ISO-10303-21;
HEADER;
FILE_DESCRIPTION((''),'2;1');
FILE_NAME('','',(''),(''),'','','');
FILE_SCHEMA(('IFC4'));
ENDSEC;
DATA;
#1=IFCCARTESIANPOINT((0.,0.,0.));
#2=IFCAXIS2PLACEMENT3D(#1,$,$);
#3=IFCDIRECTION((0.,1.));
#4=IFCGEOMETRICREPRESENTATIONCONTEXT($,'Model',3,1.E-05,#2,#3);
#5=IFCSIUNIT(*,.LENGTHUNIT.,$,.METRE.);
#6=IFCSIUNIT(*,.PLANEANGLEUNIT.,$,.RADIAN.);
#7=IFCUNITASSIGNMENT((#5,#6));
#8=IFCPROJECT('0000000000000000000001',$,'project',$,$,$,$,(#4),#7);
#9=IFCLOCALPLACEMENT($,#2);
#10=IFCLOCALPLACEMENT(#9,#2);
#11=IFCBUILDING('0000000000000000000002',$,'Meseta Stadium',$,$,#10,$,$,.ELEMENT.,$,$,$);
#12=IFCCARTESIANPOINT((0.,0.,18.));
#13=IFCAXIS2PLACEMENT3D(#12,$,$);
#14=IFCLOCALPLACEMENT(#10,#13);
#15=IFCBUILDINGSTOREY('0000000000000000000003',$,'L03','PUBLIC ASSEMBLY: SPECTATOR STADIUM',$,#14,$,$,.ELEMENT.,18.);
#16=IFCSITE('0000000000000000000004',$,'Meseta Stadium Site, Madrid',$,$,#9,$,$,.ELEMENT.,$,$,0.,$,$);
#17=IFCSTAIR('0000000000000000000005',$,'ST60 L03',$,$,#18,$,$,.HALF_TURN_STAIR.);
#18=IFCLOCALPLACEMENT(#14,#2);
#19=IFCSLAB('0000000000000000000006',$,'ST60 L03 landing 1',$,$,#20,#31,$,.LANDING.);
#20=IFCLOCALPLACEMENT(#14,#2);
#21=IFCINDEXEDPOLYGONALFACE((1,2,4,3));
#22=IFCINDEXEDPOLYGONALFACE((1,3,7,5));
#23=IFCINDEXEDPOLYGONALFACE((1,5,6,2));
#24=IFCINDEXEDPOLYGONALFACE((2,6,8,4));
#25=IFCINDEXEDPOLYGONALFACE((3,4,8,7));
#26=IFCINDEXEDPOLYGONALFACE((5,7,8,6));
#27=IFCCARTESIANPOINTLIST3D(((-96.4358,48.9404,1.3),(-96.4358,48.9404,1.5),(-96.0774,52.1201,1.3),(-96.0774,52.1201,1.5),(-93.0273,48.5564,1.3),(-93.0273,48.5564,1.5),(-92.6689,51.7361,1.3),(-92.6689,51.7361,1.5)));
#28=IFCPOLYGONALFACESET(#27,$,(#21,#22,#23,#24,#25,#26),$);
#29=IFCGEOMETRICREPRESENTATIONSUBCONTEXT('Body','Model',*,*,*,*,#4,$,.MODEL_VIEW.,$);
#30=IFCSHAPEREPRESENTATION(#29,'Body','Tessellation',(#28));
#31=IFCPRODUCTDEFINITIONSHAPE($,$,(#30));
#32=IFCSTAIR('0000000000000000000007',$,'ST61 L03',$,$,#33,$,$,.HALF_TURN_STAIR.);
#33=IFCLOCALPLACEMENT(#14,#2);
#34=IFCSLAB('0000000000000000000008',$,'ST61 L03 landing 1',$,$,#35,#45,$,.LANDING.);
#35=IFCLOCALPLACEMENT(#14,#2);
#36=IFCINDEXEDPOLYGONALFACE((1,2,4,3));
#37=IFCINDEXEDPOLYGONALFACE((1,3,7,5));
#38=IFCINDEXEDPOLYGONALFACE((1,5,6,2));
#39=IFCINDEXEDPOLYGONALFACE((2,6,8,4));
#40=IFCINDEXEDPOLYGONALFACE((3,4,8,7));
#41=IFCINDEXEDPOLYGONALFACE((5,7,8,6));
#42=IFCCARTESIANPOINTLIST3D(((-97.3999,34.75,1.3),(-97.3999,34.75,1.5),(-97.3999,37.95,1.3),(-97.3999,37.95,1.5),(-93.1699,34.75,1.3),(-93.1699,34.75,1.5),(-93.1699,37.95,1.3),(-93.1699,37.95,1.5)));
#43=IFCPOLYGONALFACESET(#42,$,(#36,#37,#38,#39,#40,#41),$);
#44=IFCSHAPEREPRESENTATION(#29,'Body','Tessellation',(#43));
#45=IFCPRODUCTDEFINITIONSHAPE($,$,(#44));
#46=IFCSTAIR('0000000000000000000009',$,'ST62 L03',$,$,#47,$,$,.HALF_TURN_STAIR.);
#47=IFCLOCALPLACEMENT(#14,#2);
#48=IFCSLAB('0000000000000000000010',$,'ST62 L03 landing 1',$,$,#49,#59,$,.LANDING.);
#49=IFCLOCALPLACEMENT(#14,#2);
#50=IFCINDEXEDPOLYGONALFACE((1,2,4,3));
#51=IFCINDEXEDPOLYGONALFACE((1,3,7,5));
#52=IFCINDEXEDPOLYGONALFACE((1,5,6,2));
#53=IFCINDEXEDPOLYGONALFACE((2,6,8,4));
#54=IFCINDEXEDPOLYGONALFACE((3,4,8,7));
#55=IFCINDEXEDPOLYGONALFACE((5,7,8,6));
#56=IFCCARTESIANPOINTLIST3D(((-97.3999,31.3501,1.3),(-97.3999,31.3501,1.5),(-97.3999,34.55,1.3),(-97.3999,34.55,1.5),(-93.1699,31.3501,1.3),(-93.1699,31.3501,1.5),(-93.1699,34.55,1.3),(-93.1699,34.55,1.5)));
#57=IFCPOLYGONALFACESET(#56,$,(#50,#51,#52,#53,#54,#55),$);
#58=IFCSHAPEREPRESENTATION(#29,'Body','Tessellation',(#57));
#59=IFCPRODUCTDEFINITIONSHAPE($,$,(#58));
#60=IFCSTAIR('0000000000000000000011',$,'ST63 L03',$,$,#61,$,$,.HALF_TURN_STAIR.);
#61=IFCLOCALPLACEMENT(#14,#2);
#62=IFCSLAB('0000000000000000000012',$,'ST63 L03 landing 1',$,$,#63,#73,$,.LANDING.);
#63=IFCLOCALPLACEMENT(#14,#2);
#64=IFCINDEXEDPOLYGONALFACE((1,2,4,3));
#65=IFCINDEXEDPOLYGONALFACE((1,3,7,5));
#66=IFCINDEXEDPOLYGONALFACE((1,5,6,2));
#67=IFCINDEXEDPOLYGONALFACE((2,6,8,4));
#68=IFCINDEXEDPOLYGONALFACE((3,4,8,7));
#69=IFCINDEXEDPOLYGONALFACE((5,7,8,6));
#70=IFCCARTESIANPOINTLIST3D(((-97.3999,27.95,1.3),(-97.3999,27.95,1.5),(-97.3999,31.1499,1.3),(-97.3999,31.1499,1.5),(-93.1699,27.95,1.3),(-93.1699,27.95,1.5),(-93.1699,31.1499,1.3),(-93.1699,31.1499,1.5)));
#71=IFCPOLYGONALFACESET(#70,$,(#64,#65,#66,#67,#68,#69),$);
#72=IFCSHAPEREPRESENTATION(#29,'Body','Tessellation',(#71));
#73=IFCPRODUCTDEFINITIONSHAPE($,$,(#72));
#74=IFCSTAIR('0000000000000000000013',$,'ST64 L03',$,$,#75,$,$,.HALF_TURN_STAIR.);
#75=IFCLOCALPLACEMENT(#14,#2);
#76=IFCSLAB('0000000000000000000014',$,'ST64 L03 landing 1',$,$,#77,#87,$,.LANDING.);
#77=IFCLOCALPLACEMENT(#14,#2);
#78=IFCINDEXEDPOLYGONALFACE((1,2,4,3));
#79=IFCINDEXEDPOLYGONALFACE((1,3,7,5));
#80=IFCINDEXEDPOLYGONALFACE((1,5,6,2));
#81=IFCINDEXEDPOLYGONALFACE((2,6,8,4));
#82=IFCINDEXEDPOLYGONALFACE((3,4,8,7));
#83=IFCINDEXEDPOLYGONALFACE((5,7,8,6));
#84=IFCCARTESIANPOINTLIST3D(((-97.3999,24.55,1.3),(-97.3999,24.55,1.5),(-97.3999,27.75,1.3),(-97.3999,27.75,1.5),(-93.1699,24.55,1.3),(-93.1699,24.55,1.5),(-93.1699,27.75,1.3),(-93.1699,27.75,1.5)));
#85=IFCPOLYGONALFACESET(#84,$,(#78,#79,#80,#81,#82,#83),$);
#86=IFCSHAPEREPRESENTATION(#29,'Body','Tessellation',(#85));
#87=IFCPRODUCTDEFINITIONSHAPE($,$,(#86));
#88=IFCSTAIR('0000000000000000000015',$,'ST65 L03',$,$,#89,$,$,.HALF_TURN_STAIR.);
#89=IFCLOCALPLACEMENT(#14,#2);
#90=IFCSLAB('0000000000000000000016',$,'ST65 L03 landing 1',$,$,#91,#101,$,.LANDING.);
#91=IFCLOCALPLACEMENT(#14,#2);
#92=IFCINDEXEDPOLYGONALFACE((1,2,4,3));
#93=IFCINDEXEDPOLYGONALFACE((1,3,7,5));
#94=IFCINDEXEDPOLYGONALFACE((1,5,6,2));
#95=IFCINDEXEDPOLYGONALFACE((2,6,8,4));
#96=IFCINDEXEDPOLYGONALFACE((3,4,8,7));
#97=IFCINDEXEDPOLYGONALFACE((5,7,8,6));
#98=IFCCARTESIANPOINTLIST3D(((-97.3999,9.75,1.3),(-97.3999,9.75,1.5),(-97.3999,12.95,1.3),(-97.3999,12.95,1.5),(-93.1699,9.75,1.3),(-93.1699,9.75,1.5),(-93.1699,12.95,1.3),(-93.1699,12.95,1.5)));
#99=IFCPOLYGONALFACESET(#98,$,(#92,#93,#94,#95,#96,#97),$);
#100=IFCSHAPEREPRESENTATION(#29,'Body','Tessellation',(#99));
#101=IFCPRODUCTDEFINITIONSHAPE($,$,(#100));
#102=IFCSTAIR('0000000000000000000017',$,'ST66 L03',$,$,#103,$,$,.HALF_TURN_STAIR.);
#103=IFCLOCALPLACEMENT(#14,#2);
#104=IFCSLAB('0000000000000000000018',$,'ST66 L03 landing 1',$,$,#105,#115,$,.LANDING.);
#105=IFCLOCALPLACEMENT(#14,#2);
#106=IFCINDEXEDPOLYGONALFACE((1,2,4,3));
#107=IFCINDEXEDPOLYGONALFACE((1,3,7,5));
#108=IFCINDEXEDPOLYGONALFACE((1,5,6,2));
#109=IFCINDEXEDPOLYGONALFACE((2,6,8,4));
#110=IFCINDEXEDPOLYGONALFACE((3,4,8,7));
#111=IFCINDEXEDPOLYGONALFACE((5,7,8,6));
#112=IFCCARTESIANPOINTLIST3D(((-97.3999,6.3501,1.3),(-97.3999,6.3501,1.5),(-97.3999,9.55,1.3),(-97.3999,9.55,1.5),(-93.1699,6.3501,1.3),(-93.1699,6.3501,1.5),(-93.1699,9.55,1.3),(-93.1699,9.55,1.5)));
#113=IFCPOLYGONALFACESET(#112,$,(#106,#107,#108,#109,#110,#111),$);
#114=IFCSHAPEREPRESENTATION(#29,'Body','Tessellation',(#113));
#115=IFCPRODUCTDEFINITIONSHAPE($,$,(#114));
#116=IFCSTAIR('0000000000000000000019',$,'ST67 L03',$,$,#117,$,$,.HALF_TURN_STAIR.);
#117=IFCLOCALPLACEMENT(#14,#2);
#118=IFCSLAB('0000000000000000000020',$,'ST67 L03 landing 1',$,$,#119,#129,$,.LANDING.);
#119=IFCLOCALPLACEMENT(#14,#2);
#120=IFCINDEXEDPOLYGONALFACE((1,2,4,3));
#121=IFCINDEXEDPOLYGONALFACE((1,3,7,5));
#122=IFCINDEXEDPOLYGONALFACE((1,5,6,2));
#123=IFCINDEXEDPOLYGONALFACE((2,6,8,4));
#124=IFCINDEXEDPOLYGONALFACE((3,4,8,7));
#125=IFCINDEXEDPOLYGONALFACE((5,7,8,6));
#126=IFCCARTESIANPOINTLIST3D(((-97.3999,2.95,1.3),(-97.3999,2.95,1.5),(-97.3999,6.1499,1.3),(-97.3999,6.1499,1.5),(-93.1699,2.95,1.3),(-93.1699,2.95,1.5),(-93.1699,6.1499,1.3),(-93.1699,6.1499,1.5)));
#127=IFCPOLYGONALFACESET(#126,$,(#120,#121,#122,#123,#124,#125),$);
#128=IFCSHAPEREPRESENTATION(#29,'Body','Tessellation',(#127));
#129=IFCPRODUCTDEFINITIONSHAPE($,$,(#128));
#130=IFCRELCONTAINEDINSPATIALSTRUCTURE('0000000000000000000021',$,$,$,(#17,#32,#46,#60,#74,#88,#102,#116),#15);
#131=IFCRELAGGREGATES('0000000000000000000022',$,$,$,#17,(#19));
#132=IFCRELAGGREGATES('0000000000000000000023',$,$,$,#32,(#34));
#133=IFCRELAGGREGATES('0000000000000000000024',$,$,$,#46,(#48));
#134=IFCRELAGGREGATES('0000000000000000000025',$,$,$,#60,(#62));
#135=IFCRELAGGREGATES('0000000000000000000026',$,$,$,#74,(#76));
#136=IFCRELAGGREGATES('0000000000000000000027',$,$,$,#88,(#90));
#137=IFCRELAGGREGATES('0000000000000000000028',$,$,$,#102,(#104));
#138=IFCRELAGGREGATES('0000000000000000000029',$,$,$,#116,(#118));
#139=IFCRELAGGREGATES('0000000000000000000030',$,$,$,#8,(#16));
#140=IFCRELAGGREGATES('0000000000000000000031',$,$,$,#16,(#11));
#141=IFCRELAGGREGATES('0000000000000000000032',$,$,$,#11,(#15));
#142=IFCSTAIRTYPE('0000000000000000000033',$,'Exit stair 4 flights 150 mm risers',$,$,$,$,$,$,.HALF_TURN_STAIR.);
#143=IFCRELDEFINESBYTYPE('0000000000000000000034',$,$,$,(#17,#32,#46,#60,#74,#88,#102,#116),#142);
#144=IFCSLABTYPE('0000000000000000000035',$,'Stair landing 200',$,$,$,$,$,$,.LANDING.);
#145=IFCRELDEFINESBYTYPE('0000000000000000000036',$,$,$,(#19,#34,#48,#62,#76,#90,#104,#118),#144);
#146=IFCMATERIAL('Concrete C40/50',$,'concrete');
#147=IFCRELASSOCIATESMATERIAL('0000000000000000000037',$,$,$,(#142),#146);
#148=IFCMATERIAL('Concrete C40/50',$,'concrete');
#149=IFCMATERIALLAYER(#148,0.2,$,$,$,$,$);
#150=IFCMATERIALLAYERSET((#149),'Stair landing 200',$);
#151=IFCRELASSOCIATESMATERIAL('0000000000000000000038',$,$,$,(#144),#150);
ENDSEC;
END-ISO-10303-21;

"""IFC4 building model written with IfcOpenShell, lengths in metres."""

from ifc_helpers import new_model, si_unit, direction, frame, origin, place, context, subcontext, project, spatial, polyline, outline, extrude, material, layer, layer_set, type_object, element, aggregate, save


model = new_model("IFC4")

# Units and contexts
model_context = context("Model", 3, precision=1e-05, world=origin(), true_north=direction((0.0, 1.0)))
body_context = subcontext(model_context, "Body", "Model", "MODEL_VIEW")
ifc_project = project(units=[si_unit("LENGTHUNIT", "METRE"), si_unit("PLANEANGLEUNIT", "RADIAN")], contexts=[model_context])

# Site, building, storey
site_placement = place(None, origin())
site = spatial("IfcSite", under=ifc_project, at=site_placement, Name="Meseta Stadium Site, Madrid", CompositionType="ELEMENT", RefElevation=0.0)
building_placement = place(site_placement, origin())
building = spatial("IfcBuilding", under=site, at=building_placement, Name="Meseta Stadium", CompositionType="ELEMENT")
storey_placement = place(building_placement, frame((0.0, 0.0, 18.0)))
storey = spatial("IfcBuildingStorey", under=building, at=storey_placement, Name="L03", Description="PUBLIC ASSEMBLY: SPECTATOR STADIUM", CompositionType="ELEMENT", Elevation=18.0)

# Shared definitions
ifc_material_1 = material(Name="Concrete C40/50", Category="concrete")
stair_type = type_object("IfcStairType", Name="Exit stair 4 flights 150 mm risers", PredefinedType="HALF_TURN_STAIR", material=ifc_material_1)
ifc_material_2 = material(Name="Concrete C40/50", Category="concrete")
ifc_layer = layer(ifc_material_2, 0.2)
ifc_layer_set = layer_set([ifc_layer], Name="Stair landing 200")
slab_type = type_object("IfcSlabType", Name="Stair landing 200", PredefinedType="LANDING", material=ifc_layer_set)

# Stairs, slabs
stair_1_placement = place(storey_placement, origin())
stair_1 = element("IfcStair", 1, at=stair_1_placement, inside=storey, type_object=stair_type, Name="ST60 L03", PredefinedType="HALF_TURN_STAIR")
slab_1_placement = place(storey_placement, frame((0.0, 0.0, 1.3)))
slab_1 = element("IfcSlab", 2, at=slab_1_placement, type_object=slab_type, Name="ST60 L03 landing 1", PredefinedType="LANDING", context=body_context, shape_type="SweptSolid", body=[
    extrude(outline(polyline([(-92.6689, 51.7361), (-96.0774, 52.1201), (-96.4358, 48.9404), (-93.0273, 48.5564), (-92.6689, 51.7361)])), origin(), (0.0, 0.0, 1.0), 0.2),
])
aggregate(stair_1, [slab_1])
stair_2_placement = place(storey_placement, origin())
stair_2 = element("IfcStair", 3, at=stair_2_placement, inside=storey, type_object=stair_type, Name="ST61 L03", PredefinedType="HALF_TURN_STAIR")
slab_2_placement = place(storey_placement, frame((0.0, 0.0, 1.3)))
slab_2 = element("IfcSlab", 4, at=slab_2_placement, type_object=slab_type, Name="ST61 L03 landing 1", PredefinedType="LANDING", context=body_context, shape_type="SweptSolid", body=[
    extrude(outline(polyline([(-93.1699, 37.95), (-97.3999, 37.95), (-97.3999, 34.75), (-93.1699, 34.75), (-93.1699, 37.95)])), origin(), (0.0, 0.0, 1.0), 0.2),
])
aggregate(stair_2, [slab_2])
stair_3_placement = place(storey_placement, origin())
stair_3 = element("IfcStair", 5, at=stair_3_placement, inside=storey, type_object=stair_type, Name="ST62 L03", PredefinedType="HALF_TURN_STAIR")
slab_3_placement = place(storey_placement, frame((0.0, 0.0, 1.3)))
slab_3 = element("IfcSlab", 6, at=slab_3_placement, type_object=slab_type, Name="ST62 L03 landing 1", PredefinedType="LANDING", context=body_context, shape_type="SweptSolid", body=[
    extrude(outline(polyline([(-93.1699, 34.55), (-97.3999, 34.55), (-97.3999, 31.3501), (-93.1699, 31.3501), (-93.1699, 34.55)])), origin(), (0.0, 0.0, 1.0), 0.2),
])
aggregate(stair_3, [slab_3])
stair_4_placement = place(storey_placement, origin())
stair_4 = element("IfcStair", 7, at=stair_4_placement, inside=storey, type_object=stair_type, Name="ST63 L03", PredefinedType="HALF_TURN_STAIR")
slab_4_placement = place(storey_placement, frame((0.0, 0.0, 1.3)))
slab_4 = element("IfcSlab", 8, at=slab_4_placement, type_object=slab_type, Name="ST63 L03 landing 1", PredefinedType="LANDING", context=body_context, shape_type="SweptSolid", body=[
    extrude(outline(polyline([(-93.1699, 31.1499), (-97.3999, 31.1499), (-97.3999, 27.95), (-93.1699, 27.95), (-93.1699, 31.1499)])), origin(), (0.0, 0.0, 1.0), 0.2),
])
aggregate(stair_4, [slab_4])
stair_5_placement = place(storey_placement, origin())
stair_5 = element("IfcStair", 9, at=stair_5_placement, inside=storey, type_object=stair_type, Name="ST64 L03", PredefinedType="HALF_TURN_STAIR")
slab_5_placement = place(storey_placement, frame((0.0, 0.0, 1.3)))
slab_5 = element("IfcSlab", 10, at=slab_5_placement, type_object=slab_type, Name="ST64 L03 landing 1", PredefinedType="LANDING", context=body_context, shape_type="SweptSolid", body=[
    extrude(outline(polyline([(-93.1699, 27.75), (-97.3999, 27.75), (-97.3999, 24.55), (-93.1699, 24.55), (-93.1699, 27.75)])), origin(), (0.0, 0.0, 1.0), 0.2),
])
aggregate(stair_5, [slab_5])
stair_6_placement = place(storey_placement, origin())
stair_6 = element("IfcStair", 11, at=stair_6_placement, inside=storey, type_object=stair_type, Name="ST65 L03", PredefinedType="HALF_TURN_STAIR")
slab_6_placement = place(storey_placement, frame((0.0, 0.0, 1.3)))
slab_6 = element("IfcSlab", 12, at=slab_6_placement, type_object=slab_type, Name="ST65 L03 landing 1", PredefinedType="LANDING", context=body_context, shape_type="SweptSolid", body=[
    extrude(outline(polyline([(-93.1699, 12.95), (-97.3999, 12.95), (-97.3999, 9.75), (-93.1699, 9.75), (-93.1699, 12.95)])), origin(), (0.0, 0.0, 1.0), 0.2),
])
aggregate(stair_6, [slab_6])
stair_7_placement = place(storey_placement, origin())
stair_7 = element("IfcStair", 13, at=stair_7_placement, inside=storey, type_object=stair_type, Name="ST66 L03", PredefinedType="HALF_TURN_STAIR")
slab_7_placement = place(storey_placement, frame((0.0, 0.0, 1.3)))
slab_7 = element("IfcSlab", 14, at=slab_7_placement, type_object=slab_type, Name="ST66 L03 landing 1", PredefinedType="LANDING", context=body_context, shape_type="SweptSolid", body=[
    extrude(outline(polyline([(-93.1699, 9.55), (-97.3999, 9.55), (-97.3999, 6.3501), (-93.1699, 6.3501), (-93.1699, 9.55)])), origin(), (0.0, 0.0, 1.0), 0.2),
])
aggregate(stair_7, [slab_7])
stair_8_placement = place(storey_placement, origin())
stair_8 = element("IfcStair", 15, at=stair_8_placement, inside=storey, type_object=stair_type, Name="ST67 L03", PredefinedType="HALF_TURN_STAIR")
slab_8_placement = place(storey_placement, frame((0.0, 0.0, 1.3)))
slab_8 = element("IfcSlab", 16, at=slab_8_placement, type_object=slab_type, Name="ST67 L03 landing 1", PredefinedType="LANDING", context=body_context, shape_type="SweptSolid", body=[
    extrude(outline(polyline([(-93.1699, 6.1499), (-97.3999, 6.1499), (-97.3999, 2.95), (-93.1699, 2.95), (-93.1699, 6.1499)])), origin(), (0.0, 0.0, 1.0), 0.2),
])
aggregate(stair_8, [slab_8])

save(model, "model.ifc")
